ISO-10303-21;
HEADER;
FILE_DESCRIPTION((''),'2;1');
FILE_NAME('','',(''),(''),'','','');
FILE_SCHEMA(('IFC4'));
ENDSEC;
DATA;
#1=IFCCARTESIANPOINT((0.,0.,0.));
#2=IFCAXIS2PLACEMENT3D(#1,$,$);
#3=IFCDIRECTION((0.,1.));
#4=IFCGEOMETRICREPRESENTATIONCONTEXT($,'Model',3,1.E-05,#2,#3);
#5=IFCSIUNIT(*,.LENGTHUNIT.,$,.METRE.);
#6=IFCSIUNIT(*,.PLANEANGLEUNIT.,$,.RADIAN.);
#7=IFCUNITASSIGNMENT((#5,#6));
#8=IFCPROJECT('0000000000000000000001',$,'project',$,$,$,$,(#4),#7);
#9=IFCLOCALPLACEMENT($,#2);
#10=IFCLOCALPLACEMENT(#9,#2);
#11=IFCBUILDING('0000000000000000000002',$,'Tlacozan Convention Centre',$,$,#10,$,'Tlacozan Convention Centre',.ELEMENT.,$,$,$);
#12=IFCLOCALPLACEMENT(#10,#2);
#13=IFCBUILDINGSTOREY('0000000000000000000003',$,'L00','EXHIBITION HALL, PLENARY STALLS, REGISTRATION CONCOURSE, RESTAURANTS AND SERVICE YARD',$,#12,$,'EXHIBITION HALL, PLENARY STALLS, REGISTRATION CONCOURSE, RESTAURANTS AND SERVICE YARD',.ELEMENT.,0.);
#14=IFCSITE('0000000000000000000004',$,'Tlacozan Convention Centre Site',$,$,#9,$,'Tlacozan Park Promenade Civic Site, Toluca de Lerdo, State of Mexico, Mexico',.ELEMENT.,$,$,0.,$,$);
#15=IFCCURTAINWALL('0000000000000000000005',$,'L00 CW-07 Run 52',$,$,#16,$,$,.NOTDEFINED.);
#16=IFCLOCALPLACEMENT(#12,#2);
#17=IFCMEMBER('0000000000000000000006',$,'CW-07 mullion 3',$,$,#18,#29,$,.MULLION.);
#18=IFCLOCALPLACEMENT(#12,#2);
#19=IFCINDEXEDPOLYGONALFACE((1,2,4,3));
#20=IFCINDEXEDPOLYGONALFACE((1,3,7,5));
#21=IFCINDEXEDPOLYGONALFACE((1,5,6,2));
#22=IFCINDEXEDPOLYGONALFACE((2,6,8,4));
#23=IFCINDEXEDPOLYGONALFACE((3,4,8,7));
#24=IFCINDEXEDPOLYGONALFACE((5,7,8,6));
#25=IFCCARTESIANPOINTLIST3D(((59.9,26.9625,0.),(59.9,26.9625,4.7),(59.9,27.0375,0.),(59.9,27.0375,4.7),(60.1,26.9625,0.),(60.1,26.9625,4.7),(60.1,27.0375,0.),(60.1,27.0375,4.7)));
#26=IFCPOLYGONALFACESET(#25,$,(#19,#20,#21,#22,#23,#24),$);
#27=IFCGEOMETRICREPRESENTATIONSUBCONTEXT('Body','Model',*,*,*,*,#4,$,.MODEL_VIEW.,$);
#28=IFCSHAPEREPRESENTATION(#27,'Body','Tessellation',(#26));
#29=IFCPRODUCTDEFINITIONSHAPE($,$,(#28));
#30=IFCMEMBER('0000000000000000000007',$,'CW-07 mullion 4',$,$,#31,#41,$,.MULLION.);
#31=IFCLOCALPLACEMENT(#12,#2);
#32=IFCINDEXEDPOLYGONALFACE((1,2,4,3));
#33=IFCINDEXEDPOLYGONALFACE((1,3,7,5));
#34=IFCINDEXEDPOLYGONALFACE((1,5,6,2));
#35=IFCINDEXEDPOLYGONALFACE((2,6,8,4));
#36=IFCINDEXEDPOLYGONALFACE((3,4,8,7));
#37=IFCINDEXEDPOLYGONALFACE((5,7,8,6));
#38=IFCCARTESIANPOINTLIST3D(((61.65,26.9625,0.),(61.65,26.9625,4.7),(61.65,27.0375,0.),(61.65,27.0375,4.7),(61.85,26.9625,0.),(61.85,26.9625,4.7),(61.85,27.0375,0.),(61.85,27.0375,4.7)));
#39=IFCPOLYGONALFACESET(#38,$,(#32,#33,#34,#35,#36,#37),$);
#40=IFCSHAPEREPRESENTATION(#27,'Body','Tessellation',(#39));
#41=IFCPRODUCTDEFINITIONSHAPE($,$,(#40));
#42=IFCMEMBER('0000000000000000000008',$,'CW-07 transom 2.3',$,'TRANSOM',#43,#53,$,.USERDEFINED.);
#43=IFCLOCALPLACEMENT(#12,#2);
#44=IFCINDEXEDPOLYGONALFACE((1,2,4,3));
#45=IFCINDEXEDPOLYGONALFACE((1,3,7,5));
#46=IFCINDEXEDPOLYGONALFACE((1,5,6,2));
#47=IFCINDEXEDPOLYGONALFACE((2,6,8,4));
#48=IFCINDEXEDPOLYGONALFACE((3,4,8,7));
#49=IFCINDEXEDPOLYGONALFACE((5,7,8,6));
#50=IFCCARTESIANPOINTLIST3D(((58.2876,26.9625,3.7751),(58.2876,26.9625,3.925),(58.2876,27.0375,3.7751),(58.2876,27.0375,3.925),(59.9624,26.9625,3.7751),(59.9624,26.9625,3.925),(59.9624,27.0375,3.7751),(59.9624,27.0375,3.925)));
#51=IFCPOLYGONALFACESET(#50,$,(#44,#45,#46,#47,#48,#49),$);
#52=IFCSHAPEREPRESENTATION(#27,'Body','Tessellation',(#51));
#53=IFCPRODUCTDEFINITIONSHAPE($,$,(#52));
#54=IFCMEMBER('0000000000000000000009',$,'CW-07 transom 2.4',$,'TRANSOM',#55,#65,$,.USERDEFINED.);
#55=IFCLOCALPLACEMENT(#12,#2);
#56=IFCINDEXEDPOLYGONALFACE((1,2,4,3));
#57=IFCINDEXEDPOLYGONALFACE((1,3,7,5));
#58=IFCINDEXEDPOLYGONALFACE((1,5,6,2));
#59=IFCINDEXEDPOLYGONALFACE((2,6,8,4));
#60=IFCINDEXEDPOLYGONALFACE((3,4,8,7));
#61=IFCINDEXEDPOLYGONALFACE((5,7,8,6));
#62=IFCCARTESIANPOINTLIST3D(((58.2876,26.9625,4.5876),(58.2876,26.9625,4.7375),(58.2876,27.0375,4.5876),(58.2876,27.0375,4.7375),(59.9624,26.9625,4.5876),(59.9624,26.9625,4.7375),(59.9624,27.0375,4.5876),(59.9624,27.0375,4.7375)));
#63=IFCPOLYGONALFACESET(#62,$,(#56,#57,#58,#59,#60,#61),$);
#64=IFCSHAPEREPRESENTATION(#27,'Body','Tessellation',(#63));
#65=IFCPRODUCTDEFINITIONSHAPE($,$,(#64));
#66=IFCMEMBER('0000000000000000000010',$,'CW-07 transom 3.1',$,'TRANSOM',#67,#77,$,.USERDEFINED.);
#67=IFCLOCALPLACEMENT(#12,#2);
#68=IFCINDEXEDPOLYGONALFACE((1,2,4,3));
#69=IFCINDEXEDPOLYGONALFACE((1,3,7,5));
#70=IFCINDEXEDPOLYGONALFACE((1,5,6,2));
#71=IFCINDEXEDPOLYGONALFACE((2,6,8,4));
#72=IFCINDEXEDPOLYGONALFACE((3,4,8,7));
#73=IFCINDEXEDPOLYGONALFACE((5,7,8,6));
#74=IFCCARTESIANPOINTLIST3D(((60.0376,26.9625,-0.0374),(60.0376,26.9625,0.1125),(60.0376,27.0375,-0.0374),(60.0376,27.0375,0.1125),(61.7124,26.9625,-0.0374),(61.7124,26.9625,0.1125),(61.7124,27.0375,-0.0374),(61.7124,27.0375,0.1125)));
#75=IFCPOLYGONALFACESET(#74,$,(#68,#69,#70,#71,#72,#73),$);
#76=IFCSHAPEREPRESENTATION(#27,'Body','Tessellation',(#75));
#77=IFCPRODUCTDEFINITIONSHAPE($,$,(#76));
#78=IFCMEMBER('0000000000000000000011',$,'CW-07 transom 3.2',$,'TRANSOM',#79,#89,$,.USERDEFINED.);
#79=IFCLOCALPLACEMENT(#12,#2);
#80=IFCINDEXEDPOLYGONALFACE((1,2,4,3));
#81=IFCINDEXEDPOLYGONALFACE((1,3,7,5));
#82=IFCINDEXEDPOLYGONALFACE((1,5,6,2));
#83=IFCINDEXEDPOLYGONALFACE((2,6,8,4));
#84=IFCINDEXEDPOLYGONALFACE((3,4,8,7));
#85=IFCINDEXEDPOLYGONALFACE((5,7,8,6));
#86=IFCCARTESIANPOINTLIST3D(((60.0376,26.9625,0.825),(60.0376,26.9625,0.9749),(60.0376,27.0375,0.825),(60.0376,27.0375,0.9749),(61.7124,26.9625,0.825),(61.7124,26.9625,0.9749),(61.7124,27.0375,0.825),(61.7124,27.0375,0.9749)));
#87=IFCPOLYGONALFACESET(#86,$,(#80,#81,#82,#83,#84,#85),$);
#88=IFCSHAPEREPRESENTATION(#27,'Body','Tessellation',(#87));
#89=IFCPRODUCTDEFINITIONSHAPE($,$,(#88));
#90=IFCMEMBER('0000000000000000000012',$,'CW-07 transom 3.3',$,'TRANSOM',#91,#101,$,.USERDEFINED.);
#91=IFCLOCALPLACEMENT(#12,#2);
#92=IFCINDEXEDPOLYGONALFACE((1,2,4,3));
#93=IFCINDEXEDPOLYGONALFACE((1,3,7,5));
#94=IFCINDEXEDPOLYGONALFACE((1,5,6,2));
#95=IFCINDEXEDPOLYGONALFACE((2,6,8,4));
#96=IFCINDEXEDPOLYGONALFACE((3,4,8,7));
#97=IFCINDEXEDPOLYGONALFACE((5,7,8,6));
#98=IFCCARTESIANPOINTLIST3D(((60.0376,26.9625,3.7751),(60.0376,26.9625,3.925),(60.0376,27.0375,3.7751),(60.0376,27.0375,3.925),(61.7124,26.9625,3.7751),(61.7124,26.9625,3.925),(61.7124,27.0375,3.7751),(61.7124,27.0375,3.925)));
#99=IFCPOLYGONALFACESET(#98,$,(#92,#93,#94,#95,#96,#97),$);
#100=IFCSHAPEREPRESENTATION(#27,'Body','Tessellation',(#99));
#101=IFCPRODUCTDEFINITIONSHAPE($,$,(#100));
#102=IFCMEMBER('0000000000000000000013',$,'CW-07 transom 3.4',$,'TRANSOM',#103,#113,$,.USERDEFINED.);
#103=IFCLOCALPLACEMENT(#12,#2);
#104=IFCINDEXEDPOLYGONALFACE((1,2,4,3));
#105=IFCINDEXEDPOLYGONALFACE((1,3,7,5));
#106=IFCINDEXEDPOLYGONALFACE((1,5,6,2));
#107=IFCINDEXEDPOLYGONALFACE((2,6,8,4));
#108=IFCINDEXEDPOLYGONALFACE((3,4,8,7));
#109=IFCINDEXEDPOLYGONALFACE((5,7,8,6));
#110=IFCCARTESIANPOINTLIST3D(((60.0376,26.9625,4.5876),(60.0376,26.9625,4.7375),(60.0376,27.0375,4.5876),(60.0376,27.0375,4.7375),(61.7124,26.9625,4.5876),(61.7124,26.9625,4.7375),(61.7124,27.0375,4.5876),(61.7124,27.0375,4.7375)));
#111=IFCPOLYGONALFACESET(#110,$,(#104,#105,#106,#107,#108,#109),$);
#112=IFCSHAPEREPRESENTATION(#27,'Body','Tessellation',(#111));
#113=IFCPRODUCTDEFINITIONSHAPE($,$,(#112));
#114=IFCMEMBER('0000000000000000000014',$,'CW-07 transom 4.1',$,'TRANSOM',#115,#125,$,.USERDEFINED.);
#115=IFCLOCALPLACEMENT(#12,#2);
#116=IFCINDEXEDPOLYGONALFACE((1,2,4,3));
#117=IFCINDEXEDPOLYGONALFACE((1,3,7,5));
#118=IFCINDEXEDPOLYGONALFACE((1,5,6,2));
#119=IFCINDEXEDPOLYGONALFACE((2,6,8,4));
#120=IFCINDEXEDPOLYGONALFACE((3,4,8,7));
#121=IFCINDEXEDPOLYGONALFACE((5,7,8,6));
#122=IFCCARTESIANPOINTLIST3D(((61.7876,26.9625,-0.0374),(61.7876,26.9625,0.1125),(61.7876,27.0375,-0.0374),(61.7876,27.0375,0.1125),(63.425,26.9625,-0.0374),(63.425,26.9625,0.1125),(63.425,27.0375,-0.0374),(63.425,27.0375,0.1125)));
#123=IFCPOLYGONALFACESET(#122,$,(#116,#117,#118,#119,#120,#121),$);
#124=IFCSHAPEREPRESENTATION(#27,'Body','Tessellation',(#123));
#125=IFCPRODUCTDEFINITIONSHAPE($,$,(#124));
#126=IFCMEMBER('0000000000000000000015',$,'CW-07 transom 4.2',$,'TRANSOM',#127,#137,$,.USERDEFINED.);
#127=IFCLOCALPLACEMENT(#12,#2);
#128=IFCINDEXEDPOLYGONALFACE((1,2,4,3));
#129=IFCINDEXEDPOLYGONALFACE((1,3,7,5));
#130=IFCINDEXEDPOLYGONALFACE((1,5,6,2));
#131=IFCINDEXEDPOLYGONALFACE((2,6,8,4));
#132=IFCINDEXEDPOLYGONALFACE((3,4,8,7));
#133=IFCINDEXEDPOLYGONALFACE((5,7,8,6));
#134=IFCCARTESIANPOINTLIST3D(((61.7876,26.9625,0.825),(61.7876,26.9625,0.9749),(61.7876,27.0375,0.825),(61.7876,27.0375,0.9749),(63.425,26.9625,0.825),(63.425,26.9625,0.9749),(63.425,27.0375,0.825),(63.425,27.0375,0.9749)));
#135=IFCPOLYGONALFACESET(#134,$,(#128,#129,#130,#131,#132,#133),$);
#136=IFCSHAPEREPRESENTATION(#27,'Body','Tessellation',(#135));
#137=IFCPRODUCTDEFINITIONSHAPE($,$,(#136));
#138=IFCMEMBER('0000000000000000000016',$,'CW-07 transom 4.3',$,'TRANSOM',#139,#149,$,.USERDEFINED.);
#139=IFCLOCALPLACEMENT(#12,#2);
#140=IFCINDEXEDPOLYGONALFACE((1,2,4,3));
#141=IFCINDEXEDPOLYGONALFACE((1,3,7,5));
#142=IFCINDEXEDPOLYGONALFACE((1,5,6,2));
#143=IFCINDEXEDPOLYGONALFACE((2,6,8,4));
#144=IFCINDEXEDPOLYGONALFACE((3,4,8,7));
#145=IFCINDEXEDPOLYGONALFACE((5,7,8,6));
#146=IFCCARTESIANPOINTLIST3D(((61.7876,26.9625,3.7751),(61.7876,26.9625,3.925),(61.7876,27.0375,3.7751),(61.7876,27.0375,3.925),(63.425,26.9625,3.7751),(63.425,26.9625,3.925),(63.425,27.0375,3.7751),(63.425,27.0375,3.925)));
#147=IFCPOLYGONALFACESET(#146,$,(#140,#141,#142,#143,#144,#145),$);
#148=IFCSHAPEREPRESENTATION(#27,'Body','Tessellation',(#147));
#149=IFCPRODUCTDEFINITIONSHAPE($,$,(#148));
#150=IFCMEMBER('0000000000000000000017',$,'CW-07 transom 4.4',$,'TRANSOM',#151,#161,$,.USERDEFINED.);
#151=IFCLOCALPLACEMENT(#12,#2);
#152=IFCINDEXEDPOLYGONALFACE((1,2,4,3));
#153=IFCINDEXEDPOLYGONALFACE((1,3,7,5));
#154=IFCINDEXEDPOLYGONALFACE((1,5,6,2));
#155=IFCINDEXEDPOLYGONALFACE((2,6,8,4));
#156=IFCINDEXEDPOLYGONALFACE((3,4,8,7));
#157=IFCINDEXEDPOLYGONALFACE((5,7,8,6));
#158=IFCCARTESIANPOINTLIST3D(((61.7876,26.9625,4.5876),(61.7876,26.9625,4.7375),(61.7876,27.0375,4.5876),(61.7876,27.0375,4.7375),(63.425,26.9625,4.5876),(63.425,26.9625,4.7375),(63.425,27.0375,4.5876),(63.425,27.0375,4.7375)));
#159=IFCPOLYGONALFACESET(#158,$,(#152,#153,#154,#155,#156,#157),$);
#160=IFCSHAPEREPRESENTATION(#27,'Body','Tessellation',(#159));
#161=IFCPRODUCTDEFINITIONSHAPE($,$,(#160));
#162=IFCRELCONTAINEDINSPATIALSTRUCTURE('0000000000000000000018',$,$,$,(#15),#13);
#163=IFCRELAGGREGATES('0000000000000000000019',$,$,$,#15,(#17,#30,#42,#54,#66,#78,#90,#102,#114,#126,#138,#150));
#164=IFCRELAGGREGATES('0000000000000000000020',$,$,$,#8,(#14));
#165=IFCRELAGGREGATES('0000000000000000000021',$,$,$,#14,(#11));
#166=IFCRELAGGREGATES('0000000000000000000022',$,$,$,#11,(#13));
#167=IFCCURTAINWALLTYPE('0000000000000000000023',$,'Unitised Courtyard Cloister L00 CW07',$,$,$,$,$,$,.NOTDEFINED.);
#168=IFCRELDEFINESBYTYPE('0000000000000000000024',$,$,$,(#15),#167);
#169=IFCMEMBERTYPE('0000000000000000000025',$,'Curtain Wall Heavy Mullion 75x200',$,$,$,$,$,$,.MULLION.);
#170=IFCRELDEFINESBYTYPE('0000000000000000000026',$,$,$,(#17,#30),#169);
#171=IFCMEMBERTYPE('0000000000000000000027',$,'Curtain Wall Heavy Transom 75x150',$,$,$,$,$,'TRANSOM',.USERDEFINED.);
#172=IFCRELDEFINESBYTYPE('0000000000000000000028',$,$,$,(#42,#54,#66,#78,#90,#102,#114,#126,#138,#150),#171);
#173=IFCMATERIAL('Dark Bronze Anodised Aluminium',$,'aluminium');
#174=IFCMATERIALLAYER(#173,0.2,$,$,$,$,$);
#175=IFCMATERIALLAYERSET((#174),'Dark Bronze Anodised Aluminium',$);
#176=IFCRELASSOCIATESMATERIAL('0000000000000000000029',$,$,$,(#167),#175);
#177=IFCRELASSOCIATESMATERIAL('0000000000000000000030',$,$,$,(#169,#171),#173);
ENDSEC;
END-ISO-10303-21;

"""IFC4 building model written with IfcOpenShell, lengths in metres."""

from ifc_helpers import new_model, si_unit, direction, frame, origin, origin_2d, place, context, subcontext, project, spatial, rectangle, extrude, material, layer, layer_set, material_profile, profile_set, type_object, element, aggregate, save


model = new_model("IFC4")

# Units and contexts
model_context = context("Model", 3, precision=1e-05, world=origin(), true_north=direction((0.0, 1.0)))
body_context = subcontext(model_context, "Body", "Model", "MODEL_VIEW")
ifc_project = project(units=[si_unit("LENGTHUNIT", "METRE"), si_unit("PLANEANGLEUNIT", "RADIAN")], contexts=[model_context])

# Site, building, storey
site_placement = place(None, origin())
site = spatial("IfcSite", under=ifc_project, at=site_placement, Name="Tlacozan Convention Centre Site", LongName="Tlacozan Park Promenade Civic Site, Toluca de Lerdo, State of Mexico, Mexico", CompositionType="ELEMENT", RefElevation=0.0)
building_placement = place(site_placement, origin())
building = spatial("IfcBuilding", under=site, at=building_placement, Name="Tlacozan Convention Centre", LongName="Tlacozan Convention Centre", CompositionType="ELEMENT")
storey_placement = place(building_placement, origin())
storey = spatial("IfcBuildingStorey", under=building, at=storey_placement, Name="L00", Description="EXHIBITION HALL, PLENARY STALLS, REGISTRATION CONCOURSE, RESTAURANTS AND SERVICE YARD", LongName="EXHIBITION HALL, PLENARY STALLS, REGISTRATION CONCOURSE, RESTAURANTS AND SERVICE YARD", CompositionType="ELEMENT", Elevation=0.0)

# Curtain wall, members
ifc_material_1 = material(Name="Dark Bronze Anodised Aluminium", Category="aluminium")
ifc_layer_1 = layer(ifc_material_1, 0.2)
ifc_layer_set_1 = layer_set([ifc_layer_1], Name="Dark Bronze Anodised Aluminium")
curtain_wall_type = type_object("IfcCurtainWallType", Name="Unitised Courtyard Cloister L00 CW07", PredefinedType="NOTDEFINED", material=ifc_layer_set_1)
curtain_wall_placement = place(storey_placement, origin())
curtain_wall = element("IfcCurtainWall", 1, at=curtain_wall_placement, inside=storey, type_object=curtain_wall_type, Name="L00 CW-07 Run 52", PredefinedType="NOTDEFINED")
ifc_material_profile_1 = material_profile(ifc_material_1, rectangle(XDim=0.075, YDim=0.2, at=origin_2d()), Name="ALU 75x200")
ifc_profile_set_1 = profile_set([ifc_material_profile_1], Name="Dark Bronze Anodised Aluminium")
member_type_1 = type_object("IfcMemberType", Name="Curtain Wall Heavy Mullion 75x200", PredefinedType="MULLION", material=ifc_profile_set_1)
member_1_placement = place(storey_placement, frame((60.0, 27.0, 0.0), z_axis=(0.0, 0.0, 1.0), x_axis=(0.0, 1.0, 0.0)))
member_1 = element("IfcMember", 2, at=member_1_placement, type_object=member_type_1, Name="CW-07 mullion 3", PredefinedType="MULLION", context=body_context, shape_type="SweptSolid", body=[
    extrude(rectangle(XDim=0.075, YDim=0.2, at=origin_2d()), origin(), (0.0, 0.0, 1.0), 4.7),
])
member_2_placement = place(storey_placement, frame((61.75, 27.0, 0.0), z_axis=(0.0, 0.0, 1.0), x_axis=(0.0, 1.0, 0.0)))
member_2 = element("IfcMember", 3, at=member_2_placement, type_object=member_type_1, Name="CW-07 mullion 4", PredefinedType="MULLION", context=body_context, shape_type="SweptSolid", body=[
    extrude(rectangle(XDim=0.075, YDim=0.2, at=origin_2d()), origin(), (0.0, 0.0, 1.0), 4.7),
])
ifc_material_profile_2 = material_profile(ifc_material_1, rectangle(XDim=0.075, YDim=0.1499, at=origin_2d()), Name="ALU 75x150")
ifc_profile_set_2 = profile_set([ifc_material_profile_2], Name="Dark Bronze Anodised Aluminium")
member_type_2 = type_object("IfcMemberType", Name="Curtain Wall Heavy Transom 75x150", ElementType="TRANSOM", PredefinedType="USERDEFINED", material=ifc_profile_set_2)
member_3_placement = place(storey_placement, frame((58.2876, 27.0, 3.8501), z_axis=(1.0, 0.0, 0.0), x_axis=(0.0, 1.0, 0.0)))
member_3 = element("IfcMember", 4, at=member_3_placement, type_object=member_type_2, Name="CW-07 transom 2.3", ObjectType="TRANSOM", PredefinedType="USERDEFINED", context=body_context, shape_type="SweptSolid", body=[
    extrude(rectangle(XDim=0.075, YDim=0.1499, at=origin_2d()), origin(), (0.0, 0.0, 1.0), 1.6748),
])
member_4_placement = place(storey_placement, frame((58.2876, 27.0, 4.6626), z_axis=(1.0, 0.0, 0.0), x_axis=(0.0, 1.0, 0.0)))
member_4 = element("IfcMember", 5, at=member_4_placement, type_object=member_type_2, Name="CW-07 transom 2.4", ObjectType="TRANSOM", PredefinedType="USERDEFINED", context=body_context, shape_type="SweptSolid", body=[
    extrude(rectangle(XDim=0.075, YDim=0.1499, at=origin_2d()), origin(), (0.0, 0.0, 1.0), 1.6748),
])
member_5_placement = place(storey_placement, frame((60.0376, 27.0, 0.0376), z_axis=(1.0, 0.0, 0.0), x_axis=(0.0, 1.0, 0.0)))
member_5 = element("IfcMember", 6, at=member_5_placement, type_object=member_type_2, Name="CW-07 transom 3.1", ObjectType="TRANSOM", PredefinedType="USERDEFINED", context=body_context, shape_type="SweptSolid", body=[
    extrude(rectangle(XDim=0.075, YDim=0.1499, at=origin_2d()), origin(), (0.0, 0.0, 1.0), 1.6748),
])
member_6_placement = place(storey_placement, frame((60.0376, 27.0, 0.8999), z_axis=(1.0, 0.0, 0.0), x_axis=(0.0, 1.0, 0.0)))
member_6 = element("IfcMember", 7, at=member_6_placement, type_object=member_type_2, Name="CW-07 transom 3.2", ObjectType="TRANSOM", PredefinedType="USERDEFINED", context=body_context, shape_type="SweptSolid", body=[
    extrude(rectangle(XDim=0.075, YDim=0.1499, at=origin_2d()), origin(), (0.0, 0.0, 1.0), 1.6748),
])
member_7_placement = place(storey_placement, frame((60.0376, 27.0, 3.8501), z_axis=(1.0, 0.0, 0.0), x_axis=(0.0, 1.0, 0.0)))
member_7 = element("IfcMember", 8, at=member_7_placement, type_object=member_type_2, Name="CW-07 transom 3.3", ObjectType="TRANSOM", PredefinedType="USERDEFINED", context=body_context, shape_type="SweptSolid", body=[
    extrude(rectangle(XDim=0.075, YDim=0.1499, at=origin_2d()), origin(), (0.0, 0.0, 1.0), 1.6748),
])
member_8_placement = place(storey_placement, frame((60.0376, 27.0, 4.6626), z_axis=(1.0, 0.0, 0.0), x_axis=(0.0, 1.0, 0.0)))
member_8 = element("IfcMember", 9, at=member_8_placement, type_object=member_type_2, Name="CW-07 transom 3.4", ObjectType="TRANSOM", PredefinedType="USERDEFINED", context=body_context, shape_type="SweptSolid", body=[
    extrude(rectangle(XDim=0.075, YDim=0.1499, at=origin_2d()), origin(), (0.0, 0.0, 1.0), 1.6748),
])
member_9_placement = place(storey_placement, frame((61.7876, 27.0, 0.0376), z_axis=(1.0, 0.0, 0.0), x_axis=(0.0, 1.0, 0.0)))
member_9 = element("IfcMember", 10, at=member_9_placement, type_object=member_type_2, Name="CW-07 transom 4.1", ObjectType="TRANSOM", PredefinedType="USERDEFINED", context=body_context, shape_type="SweptSolid", body=[
    extrude(rectangle(XDim=0.075, YDim=0.1499, at=origin_2d()), origin(), (0.0, 0.0, 1.0), 1.6375),
])
member_10_placement = place(storey_placement, frame((61.7876, 27.0, 0.8999), z_axis=(1.0, 0.0, 0.0), x_axis=(0.0, 1.0, 0.0)))
member_10 = element("IfcMember", 11, at=member_10_placement, type_object=member_type_2, Name="CW-07 transom 4.2", ObjectType="TRANSOM", PredefinedType="USERDEFINED", context=body_context, shape_type="SweptSolid", body=[
    extrude(rectangle(XDim=0.075, YDim=0.1499, at=origin_2d()), origin(), (0.0, 0.0, 1.0), 1.6375),
])
member_11_placement = place(storey_placement, frame((61.7876, 27.0, 3.8501), z_axis=(1.0, 0.0, 0.0), x_axis=(0.0, 1.0, 0.0)))
member_11 = element("IfcMember", 12, at=member_11_placement, type_object=member_type_2, Name="CW-07 transom 4.3", ObjectType="TRANSOM", PredefinedType="USERDEFINED", context=body_context, shape_type="SweptSolid", body=[
    extrude(rectangle(XDim=0.075, YDim=0.1499, at=origin_2d()), origin(), (0.0, 0.0, 1.0), 1.6375),
])
member_12_placement = place(storey_placement, frame((61.7876, 27.0, 4.6626), z_axis=(1.0, 0.0, 0.0), x_axis=(0.0, 1.0, 0.0)))
member_12 = element("IfcMember", 13, at=member_12_placement, type_object=member_type_2, Name="CW-07 transom 4.4", ObjectType="TRANSOM", PredefinedType="USERDEFINED", context=body_context, shape_type="SweptSolid", body=[
    extrude(rectangle(XDim=0.075, YDim=0.1499, at=origin_2d()), origin(), (0.0, 0.0, 1.0), 1.6375),
])

aggregate(curtain_wall, [member_1, member_2, member_3, member_4, member_5, member_6, member_7, member_8, member_9, member_10, member_11, member_12])

save(model, "model.ifc")
